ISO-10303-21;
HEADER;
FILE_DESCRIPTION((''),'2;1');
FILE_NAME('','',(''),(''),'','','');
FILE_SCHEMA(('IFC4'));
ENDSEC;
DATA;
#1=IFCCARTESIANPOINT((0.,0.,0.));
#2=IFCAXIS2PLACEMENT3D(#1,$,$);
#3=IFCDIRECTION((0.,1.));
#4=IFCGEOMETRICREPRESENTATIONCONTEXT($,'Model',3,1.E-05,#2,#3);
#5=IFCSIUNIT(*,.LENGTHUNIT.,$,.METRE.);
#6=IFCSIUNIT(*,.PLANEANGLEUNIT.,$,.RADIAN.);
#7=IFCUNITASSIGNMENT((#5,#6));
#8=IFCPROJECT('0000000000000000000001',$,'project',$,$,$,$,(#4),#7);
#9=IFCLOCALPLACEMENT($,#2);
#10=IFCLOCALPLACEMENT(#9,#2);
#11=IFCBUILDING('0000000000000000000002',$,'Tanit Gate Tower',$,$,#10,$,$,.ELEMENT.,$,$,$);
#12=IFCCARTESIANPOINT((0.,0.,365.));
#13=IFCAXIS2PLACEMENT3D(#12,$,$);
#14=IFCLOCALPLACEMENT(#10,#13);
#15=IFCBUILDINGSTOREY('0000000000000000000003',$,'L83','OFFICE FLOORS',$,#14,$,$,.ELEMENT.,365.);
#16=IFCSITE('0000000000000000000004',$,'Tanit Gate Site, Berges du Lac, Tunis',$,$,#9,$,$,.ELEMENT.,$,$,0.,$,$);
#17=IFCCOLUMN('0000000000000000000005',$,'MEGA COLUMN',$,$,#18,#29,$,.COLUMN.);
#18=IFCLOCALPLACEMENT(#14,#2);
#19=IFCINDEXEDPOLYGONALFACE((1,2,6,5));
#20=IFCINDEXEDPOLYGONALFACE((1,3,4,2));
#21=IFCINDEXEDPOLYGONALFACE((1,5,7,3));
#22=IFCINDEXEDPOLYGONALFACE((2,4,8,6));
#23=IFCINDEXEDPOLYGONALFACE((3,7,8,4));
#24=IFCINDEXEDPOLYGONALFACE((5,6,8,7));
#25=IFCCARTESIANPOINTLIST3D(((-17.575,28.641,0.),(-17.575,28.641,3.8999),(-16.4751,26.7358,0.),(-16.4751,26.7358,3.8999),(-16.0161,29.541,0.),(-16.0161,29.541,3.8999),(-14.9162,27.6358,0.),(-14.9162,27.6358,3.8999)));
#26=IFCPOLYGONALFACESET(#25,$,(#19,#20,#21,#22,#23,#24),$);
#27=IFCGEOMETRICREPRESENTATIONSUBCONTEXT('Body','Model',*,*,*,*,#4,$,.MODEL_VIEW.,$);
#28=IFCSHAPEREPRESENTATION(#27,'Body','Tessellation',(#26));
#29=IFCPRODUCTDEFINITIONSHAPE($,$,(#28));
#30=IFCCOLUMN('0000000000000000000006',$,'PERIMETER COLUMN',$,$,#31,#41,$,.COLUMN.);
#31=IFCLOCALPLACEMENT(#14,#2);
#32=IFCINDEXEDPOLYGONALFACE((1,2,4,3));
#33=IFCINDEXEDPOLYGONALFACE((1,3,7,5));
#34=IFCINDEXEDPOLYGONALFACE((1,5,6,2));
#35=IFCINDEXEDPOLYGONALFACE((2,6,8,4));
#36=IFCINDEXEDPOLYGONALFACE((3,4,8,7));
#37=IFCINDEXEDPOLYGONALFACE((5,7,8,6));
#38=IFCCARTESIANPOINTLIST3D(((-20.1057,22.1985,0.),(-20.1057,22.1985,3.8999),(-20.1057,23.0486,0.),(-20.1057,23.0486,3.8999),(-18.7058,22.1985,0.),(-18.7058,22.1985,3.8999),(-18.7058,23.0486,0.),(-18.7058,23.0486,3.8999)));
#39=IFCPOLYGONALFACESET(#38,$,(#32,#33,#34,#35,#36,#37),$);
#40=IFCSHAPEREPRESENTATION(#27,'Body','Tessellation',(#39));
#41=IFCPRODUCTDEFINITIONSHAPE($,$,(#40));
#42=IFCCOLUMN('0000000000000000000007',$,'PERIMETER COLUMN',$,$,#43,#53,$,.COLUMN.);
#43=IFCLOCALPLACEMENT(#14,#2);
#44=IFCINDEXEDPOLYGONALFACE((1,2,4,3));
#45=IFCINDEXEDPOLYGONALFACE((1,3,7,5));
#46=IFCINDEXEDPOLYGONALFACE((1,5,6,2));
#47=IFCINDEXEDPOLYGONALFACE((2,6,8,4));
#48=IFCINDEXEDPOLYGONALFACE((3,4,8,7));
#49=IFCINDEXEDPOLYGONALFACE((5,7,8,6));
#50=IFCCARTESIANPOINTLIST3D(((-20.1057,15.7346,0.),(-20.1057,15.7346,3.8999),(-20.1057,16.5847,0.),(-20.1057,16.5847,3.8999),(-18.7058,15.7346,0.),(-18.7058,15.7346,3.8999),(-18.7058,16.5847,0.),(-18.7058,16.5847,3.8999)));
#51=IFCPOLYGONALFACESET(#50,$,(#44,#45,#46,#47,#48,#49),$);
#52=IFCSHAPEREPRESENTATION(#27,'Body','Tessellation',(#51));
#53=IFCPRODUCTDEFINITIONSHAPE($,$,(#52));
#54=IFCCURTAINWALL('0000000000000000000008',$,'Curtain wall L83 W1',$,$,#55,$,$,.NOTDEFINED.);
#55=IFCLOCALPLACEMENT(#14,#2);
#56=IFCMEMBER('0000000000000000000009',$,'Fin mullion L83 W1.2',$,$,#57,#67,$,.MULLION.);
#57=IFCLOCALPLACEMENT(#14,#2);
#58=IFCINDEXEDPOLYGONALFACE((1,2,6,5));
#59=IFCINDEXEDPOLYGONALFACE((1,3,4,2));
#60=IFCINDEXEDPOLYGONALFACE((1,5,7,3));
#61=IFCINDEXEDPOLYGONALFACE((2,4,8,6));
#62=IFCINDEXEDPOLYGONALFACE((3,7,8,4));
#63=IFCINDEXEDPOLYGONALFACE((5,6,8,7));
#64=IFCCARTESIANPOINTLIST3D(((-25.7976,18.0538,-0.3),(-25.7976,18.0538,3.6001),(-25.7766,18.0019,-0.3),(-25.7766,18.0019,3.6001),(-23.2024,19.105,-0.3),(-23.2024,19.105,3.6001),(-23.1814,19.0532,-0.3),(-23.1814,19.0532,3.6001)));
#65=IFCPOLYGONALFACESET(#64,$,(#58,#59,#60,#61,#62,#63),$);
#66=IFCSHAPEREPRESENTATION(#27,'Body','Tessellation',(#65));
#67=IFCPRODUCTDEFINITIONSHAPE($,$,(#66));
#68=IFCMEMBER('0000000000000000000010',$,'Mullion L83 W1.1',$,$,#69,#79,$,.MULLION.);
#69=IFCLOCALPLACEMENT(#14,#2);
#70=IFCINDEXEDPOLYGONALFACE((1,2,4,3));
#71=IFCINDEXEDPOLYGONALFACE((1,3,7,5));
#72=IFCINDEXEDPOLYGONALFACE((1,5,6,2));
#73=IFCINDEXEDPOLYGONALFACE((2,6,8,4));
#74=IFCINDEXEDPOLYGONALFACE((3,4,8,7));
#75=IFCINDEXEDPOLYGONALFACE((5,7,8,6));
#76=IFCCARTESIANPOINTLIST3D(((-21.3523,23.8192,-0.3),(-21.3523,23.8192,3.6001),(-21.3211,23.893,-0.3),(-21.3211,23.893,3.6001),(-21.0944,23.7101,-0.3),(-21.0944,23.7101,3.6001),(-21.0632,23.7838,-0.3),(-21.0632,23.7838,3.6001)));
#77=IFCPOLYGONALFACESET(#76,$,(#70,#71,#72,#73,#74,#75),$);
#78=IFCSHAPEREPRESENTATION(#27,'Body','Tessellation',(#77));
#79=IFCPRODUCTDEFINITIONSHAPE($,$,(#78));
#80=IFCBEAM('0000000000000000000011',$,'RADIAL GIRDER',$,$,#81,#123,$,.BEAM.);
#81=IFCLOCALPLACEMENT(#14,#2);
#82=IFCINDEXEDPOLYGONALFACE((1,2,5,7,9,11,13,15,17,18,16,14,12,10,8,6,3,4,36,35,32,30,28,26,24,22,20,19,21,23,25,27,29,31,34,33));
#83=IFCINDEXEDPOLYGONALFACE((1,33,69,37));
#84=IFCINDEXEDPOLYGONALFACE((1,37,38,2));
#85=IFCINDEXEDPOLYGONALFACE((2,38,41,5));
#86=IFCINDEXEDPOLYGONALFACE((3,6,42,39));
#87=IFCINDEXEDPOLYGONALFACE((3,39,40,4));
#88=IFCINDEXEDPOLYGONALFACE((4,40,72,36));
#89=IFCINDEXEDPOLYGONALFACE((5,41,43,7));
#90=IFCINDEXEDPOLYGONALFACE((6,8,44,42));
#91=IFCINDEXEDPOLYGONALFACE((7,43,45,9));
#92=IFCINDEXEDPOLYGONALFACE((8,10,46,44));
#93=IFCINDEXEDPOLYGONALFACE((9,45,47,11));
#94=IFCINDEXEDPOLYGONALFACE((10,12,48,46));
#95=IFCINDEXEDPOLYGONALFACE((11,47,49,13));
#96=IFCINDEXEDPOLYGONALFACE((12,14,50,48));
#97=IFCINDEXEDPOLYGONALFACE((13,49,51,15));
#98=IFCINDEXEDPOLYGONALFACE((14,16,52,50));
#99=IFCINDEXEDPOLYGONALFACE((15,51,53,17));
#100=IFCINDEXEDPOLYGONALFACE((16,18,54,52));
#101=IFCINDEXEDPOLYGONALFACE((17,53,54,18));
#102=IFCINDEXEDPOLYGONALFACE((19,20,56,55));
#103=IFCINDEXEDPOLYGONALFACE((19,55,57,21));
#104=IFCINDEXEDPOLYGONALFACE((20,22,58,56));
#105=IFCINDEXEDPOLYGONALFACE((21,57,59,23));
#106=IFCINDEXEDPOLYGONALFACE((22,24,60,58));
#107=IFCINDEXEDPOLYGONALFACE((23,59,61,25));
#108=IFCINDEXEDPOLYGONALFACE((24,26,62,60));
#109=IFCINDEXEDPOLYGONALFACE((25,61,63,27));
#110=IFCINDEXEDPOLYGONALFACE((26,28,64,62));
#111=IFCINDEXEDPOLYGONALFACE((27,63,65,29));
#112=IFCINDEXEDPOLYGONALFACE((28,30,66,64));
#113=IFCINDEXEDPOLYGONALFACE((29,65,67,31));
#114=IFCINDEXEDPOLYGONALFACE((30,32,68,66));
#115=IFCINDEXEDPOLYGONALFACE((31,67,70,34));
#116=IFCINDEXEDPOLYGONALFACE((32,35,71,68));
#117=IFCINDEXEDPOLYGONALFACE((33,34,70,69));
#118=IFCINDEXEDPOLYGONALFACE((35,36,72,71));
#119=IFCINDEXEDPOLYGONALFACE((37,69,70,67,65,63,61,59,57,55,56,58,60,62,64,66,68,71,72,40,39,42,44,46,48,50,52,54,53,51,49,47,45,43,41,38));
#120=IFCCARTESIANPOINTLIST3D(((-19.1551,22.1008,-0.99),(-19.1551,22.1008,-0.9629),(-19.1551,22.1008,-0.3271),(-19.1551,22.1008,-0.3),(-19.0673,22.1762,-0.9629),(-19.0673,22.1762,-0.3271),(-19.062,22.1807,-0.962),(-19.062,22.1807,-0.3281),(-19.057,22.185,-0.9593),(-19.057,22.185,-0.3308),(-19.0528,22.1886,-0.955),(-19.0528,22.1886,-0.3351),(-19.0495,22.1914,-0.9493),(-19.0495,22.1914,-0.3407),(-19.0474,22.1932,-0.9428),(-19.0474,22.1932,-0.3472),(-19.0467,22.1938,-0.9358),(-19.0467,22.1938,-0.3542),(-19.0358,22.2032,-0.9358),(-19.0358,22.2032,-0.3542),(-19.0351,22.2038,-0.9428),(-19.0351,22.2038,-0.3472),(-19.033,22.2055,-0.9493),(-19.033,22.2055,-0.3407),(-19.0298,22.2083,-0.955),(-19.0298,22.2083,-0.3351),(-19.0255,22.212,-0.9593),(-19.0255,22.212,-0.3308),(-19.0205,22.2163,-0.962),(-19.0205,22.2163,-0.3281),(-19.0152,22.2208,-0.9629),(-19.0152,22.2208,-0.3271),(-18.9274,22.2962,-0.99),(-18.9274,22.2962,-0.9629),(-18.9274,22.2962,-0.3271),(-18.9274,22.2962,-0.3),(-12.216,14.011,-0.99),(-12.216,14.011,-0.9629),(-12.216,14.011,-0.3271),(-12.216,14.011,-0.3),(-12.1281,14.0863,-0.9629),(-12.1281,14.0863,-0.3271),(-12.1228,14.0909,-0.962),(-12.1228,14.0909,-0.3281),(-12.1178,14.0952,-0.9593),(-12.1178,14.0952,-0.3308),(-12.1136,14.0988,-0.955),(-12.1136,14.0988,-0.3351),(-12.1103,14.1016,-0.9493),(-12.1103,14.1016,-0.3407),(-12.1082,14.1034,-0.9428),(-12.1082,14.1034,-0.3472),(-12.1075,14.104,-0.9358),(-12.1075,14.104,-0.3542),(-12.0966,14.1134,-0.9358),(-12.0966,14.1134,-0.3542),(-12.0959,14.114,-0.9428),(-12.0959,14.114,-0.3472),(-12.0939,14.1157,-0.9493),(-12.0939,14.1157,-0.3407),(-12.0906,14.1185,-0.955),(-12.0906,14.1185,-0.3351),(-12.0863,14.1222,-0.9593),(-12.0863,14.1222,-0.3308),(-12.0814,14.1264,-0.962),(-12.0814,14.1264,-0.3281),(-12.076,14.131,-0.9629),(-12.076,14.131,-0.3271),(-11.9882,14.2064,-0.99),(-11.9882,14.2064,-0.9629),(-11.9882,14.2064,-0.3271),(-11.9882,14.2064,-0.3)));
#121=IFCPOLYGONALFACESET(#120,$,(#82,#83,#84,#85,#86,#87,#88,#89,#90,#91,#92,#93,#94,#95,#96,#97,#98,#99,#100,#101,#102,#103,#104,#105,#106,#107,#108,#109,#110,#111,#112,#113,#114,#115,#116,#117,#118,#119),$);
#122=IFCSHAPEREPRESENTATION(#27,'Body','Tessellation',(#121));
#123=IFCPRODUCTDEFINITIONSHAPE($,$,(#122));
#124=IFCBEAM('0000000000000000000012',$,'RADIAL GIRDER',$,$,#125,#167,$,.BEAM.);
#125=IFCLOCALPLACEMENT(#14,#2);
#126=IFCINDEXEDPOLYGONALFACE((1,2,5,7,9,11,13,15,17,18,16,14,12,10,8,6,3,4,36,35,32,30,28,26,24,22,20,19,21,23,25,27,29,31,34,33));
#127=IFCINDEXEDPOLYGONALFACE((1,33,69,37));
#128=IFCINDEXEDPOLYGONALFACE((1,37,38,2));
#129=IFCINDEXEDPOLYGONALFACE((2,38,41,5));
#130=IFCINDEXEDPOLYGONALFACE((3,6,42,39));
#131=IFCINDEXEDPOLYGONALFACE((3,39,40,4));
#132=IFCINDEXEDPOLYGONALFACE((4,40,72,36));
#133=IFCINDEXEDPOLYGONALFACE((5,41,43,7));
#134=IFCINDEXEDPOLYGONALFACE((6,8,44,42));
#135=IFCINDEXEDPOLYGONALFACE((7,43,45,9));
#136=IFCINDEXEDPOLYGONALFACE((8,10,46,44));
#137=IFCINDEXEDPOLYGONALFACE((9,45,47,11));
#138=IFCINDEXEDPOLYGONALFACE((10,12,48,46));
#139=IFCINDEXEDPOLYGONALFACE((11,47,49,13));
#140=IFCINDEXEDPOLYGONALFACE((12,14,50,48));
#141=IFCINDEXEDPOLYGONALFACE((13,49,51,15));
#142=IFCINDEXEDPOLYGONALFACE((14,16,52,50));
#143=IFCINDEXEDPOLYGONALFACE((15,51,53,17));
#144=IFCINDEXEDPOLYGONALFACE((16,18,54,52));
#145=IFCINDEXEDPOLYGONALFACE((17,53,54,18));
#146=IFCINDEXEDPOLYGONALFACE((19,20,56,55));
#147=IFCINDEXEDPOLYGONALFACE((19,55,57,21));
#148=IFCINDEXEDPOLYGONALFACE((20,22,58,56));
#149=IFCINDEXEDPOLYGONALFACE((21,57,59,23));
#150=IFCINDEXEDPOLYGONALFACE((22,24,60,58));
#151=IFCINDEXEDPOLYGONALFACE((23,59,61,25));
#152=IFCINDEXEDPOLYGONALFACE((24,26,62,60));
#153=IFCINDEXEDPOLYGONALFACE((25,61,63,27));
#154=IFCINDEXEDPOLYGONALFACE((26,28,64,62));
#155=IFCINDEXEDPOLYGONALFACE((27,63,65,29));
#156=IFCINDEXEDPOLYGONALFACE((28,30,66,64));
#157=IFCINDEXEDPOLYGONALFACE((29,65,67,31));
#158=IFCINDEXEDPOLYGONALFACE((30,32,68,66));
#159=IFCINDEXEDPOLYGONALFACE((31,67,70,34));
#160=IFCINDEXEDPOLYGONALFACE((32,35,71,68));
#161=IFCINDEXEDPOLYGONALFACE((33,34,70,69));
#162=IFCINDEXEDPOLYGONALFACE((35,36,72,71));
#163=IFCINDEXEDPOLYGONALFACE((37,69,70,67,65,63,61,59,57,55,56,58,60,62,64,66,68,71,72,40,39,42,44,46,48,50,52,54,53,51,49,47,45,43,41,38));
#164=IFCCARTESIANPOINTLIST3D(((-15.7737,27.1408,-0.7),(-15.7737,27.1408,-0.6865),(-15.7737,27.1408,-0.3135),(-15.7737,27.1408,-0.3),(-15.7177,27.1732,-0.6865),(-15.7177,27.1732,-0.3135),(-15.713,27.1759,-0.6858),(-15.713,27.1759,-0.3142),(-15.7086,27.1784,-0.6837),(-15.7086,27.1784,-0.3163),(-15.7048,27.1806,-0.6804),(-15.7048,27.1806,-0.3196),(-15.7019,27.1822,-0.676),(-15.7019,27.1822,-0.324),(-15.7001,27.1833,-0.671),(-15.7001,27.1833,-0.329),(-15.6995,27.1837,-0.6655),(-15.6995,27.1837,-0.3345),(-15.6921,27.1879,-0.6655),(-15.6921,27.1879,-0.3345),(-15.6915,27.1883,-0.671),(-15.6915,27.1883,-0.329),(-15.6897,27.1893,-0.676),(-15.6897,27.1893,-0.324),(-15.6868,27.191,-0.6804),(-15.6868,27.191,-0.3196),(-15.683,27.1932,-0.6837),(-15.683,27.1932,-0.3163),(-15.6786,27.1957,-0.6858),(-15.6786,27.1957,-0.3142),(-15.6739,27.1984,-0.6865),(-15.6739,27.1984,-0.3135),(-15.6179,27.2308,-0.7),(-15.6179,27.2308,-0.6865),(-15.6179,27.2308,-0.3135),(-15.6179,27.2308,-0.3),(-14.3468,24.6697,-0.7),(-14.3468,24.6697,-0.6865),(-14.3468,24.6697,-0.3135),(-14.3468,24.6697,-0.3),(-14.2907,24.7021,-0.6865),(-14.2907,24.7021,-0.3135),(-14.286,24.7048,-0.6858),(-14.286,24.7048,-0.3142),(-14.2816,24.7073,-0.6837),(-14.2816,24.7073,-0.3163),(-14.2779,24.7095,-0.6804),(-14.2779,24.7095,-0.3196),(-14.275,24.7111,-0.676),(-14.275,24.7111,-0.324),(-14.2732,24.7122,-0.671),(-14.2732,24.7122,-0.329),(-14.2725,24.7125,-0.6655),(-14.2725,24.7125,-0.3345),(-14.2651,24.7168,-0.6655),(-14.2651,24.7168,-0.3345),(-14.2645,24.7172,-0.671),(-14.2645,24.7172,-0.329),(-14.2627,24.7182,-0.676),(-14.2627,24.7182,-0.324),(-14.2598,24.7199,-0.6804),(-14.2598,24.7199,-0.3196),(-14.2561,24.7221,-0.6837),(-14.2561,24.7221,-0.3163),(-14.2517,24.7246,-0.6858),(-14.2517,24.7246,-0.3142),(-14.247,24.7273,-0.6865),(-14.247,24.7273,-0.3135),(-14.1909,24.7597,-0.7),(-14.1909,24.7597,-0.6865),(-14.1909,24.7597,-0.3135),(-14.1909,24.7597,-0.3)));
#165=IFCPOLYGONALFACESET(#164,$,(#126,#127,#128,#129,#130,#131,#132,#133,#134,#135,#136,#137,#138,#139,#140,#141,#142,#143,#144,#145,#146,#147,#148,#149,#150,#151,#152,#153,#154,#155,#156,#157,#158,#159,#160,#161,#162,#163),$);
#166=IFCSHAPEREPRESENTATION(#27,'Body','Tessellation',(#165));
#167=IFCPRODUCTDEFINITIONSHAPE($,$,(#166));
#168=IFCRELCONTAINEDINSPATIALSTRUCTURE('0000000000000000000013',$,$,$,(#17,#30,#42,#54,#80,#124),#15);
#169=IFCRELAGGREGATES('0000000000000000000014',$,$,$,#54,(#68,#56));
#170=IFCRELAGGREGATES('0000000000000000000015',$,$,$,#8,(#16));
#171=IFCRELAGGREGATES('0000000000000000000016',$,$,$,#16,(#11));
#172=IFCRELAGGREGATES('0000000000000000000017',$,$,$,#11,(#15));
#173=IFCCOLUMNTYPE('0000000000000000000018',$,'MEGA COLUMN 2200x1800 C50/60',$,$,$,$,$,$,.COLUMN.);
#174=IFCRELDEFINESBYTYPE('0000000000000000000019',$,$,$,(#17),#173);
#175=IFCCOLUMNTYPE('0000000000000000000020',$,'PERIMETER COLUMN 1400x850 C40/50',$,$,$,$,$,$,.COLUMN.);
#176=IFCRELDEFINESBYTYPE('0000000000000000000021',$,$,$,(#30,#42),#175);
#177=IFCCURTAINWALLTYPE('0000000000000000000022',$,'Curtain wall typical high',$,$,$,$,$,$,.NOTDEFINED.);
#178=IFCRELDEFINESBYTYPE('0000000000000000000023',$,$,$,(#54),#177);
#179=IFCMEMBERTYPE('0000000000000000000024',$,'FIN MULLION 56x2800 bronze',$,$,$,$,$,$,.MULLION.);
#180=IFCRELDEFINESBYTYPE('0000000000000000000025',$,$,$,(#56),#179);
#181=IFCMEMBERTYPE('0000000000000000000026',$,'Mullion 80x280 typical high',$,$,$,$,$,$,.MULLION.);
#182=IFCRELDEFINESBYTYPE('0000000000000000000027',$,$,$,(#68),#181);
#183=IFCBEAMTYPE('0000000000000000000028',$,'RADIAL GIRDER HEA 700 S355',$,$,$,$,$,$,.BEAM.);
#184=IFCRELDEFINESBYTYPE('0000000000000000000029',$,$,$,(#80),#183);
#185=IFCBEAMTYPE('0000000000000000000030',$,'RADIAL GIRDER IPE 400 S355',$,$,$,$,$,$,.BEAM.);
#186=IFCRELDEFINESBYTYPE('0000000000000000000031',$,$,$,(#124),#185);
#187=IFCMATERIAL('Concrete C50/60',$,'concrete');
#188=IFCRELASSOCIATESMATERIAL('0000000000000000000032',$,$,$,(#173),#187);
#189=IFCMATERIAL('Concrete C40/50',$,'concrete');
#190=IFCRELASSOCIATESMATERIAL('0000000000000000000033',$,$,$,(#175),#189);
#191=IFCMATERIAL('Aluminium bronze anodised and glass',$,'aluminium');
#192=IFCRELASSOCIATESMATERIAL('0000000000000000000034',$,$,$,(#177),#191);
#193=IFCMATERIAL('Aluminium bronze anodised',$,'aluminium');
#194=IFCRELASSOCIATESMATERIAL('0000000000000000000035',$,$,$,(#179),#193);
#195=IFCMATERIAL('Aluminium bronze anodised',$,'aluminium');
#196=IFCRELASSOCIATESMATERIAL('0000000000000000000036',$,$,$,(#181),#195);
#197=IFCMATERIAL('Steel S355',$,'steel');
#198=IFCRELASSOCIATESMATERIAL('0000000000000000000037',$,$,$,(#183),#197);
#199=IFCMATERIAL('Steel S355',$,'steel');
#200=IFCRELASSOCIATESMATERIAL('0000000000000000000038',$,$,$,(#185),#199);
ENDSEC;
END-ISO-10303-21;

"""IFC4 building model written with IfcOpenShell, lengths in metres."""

from ifc_helpers import new_model, si_unit, direction, frame, origin, origin_2d, place, context, subcontext, project, spatial, rectangle, i_section, extrude, material, material_profile, profile_set, type_object, element, aggregate, save


model = new_model("IFC4")

# Units and contexts
model_context = context("Model", 3, precision=1e-05, world=origin(), true_north=direction((0.0, 1.0)))
body_context = subcontext(model_context, "Body", "Model", "MODEL_VIEW")
ifc_project = project(units=[si_unit("LENGTHUNIT", "METRE"), si_unit("PLANEANGLEUNIT", "RADIAN")], contexts=[model_context])

# Site, building, storey
site_placement = place(None, origin())
site = spatial("IfcSite", under=ifc_project, at=site_placement, Name="Tanit Gate Site, Berges du Lac, Tunis", CompositionType="ELEMENT", RefElevation=0.0)
building_placement = place(site_placement, origin())
building = spatial("IfcBuilding", under=site, at=building_placement, Name="Tanit Gate Tower", CompositionType="ELEMENT")
storey_placement = place(building_placement, frame((0.0, 0.0, 365.0)))
storey = spatial("IfcBuildingStorey", under=building, at=storey_placement, Name="L83", Description="OFFICE FLOORS", CompositionType="ELEMENT", Elevation=365.0)

# Columns
ifc_material_1 = material(Name="Concrete C50/60", Category="concrete")
ifc_material_profile_1 = material_profile(ifc_material_1, rectangle(XDim=2.2, YDim=1.8, at=origin_2d()), Name="RC 2200x1800")
ifc_profile_set_1 = profile_set([ifc_material_profile_1], Name="Concrete C50/60")
column_type_1 = type_object("IfcColumnType", Name="MEGA COLUMN 2200x1800 C50/60", PredefinedType="COLUMN", material=ifc_profile_set_1)
column_placement = place(storey_placement, frame((-16.2456, 28.1384, 0.0), z_axis=(0.0, 0.0, 1.0), x_axis=(-0.5, 0.866025, 0.0)))
element("IfcColumn", 1, at=column_placement, inside=storey, type_object=column_type_1, Name="MEGA COLUMN", PredefinedType="COLUMN", context=body_context, shape_type="SweptSolid", body=[
    extrude(rectangle(XDim=2.2, YDim=1.8, at=origin_2d()), origin(), (0.0, 0.0, 1.0), 3.8999),
])
ifc_material_2 = material(Name="Concrete C40/50", Category="concrete")
ifc_material_profile_2 = material_profile(ifc_material_2, rectangle(XDim=1.3999, YDim=0.8501, at=origin_2d()), Name="RC 1400x850")
ifc_profile_set_2 = profile_set([ifc_material_profile_2], Name="Concrete C40/50")
column_type_2 = type_object("IfcColumnType", Name="PERIMETER COLUMN 1400x850 C40/50", PredefinedType="COLUMN", material=ifc_profile_set_2)
for number, where, z_axis, x_axis, name in (
    (2, (-19.4058, 22.6235, 0.0), (0.0, 0.0, 1.0), (-1.0, 0.0, 0.0), "PERIMETER COLUMN"),
    (3, (-19.4058, 16.1597, 0.0), (0.0, 0.0, 1.0), (-1.0, 0.0, 0.0), "PERIMETER COLUMN"),
):
    element("IfcColumn", number, at=place(storey_placement, frame(where, z_axis=z_axis, x_axis=x_axis)), inside=storey, type_object=column_type_2, Name=name, PredefinedType="COLUMN", context=body_context, shape_type="SweptSolid", body=[
        extrude(rectangle(XDim=1.3999, YDim=0.8501, at=origin_2d()), origin(), (0.0, 0.0, 1.0), 3.8999),
    ])

# Curtain wall, members
ifc_material_3 = material(Name="Aluminium bronze anodised and glass", Category="aluminium")
curtain_wall_type = type_object("IfcCurtainWallType", Name="Curtain wall typical high", PredefinedType="NOTDEFINED", material=ifc_material_3)
curtain_wall_placement = place(storey_placement, origin())
curtain_wall = element("IfcCurtainWall", 4, at=curtain_wall_placement, inside=storey, type_object=curtain_wall_type, Name="Curtain wall L83 W1", PredefinedType="NOTDEFINED")
ifc_material_4 = material(Name="Aluminium bronze anodised", Category="aluminium")
ifc_material_profile_3 = material_profile(ifc_material_4, rectangle(XDim=2.8, YDim=0.0559, at=origin_2d()), Name="56x2800 bronze fin mullion")
ifc_profile_set_3 = profile_set([ifc_material_profile_3], Name="Aluminium bronze anodised")
member_type_1 = type_object("IfcMemberType", Name="FIN MULLION 56x2800 bronze", PredefinedType="MULLION", material=ifc_profile_set_3)
member_1_placement = place(storey_placement, frame((-24.4895, 18.5535, -0.3), z_axis=(0.0, 0.0, 1.0), x_axis=(0.926848, 0.375438, 0.0)))
member_1 = element("IfcMember", 5, at=member_1_placement, type_object=member_type_1, Name="Fin mullion L83 W1.2", PredefinedType="MULLION", context=body_context, shape_type="SweptSolid", body=[
    extrude(rectangle(XDim=2.8, YDim=0.0559, at=origin_2d()), origin(), (0.0, 0.0, 1.0), 3.9001),
])
ifc_material_5 = material(Name="Aluminium bronze anodised", Category="aluminium")
ifc_material_profile_4 = material_profile(ifc_material_5, rectangle(XDim=0.28, YDim=0.0801, at=origin_2d()), Name="80x280 bronze mullion")
ifc_profile_set_4 = profile_set([ifc_material_profile_4], Name="Aluminium bronze anodised")
member_type_2 = type_object("IfcMemberType", Name="Mullion 80x280 typical high", PredefinedType="MULLION", material=ifc_profile_set_4)
member_2_placement = place(storey_placement, frame((-21.2078, 23.8015, -0.3), z_axis=(0.0, 0.0, 1.0), x_axis=(0.920855, -0.389906, 0.0)))
member_2 = element("IfcMember", 6, at=member_2_placement, type_object=member_type_2, Name="Mullion L83 W1.1", PredefinedType="MULLION", context=body_context, shape_type="SweptSolid", body=[
    extrude(rectangle(XDim=0.28, YDim=0.0801, at=origin_2d()), origin(), (0.0, 0.0, 1.0), 3.9001),
])

# Beams
ifc_material_6 = material(Name="Steel S355", Category="steel")
ifc_material_profile_5 = material_profile(ifc_material_6, i_section(OverallWidth=0.3, OverallDepth=0.6899, WebThickness=0.0144, FlangeThickness=0.0271, FilletRadius=0.0271, at=origin_2d()), Name="HEA 700")
ifc_profile_set_5 = profile_set([ifc_material_profile_5], Name="Steel S355")
beam_type_1 = type_object("IfcBeamType", Name="RADIAL GIRDER HEA 700 S355", PredefinedType="BEAM", material=ifc_profile_set_5)
beam_1_placement = place(storey_placement, frame((-19.0413, 22.1985, -0.645), z_axis=(0.651065, -0.759022, 0.0), x_axis=(0.759022, 0.651065, 0.0)))
element("IfcBeam", 7, at=beam_1_placement, inside=storey, type_object=beam_type_1, Name="RADIAL GIRDER", PredefinedType="BEAM", context=body_context, shape_type="SweptSolid", body=[
    extrude(i_section(OverallWidth=0.3, OverallDepth=0.6899, WebThickness=0.0144, FlangeThickness=0.0271, FilletRadius=0.0271, at=origin_2d()), origin(), (0.0, 0.0, 1.0), 10.6582),
])
ifc_material_7 = material(Name="Steel S355", Category="steel")
ifc_material_profile_6 = material_profile(ifc_material_7, i_section(OverallWidth=0.1799, OverallDepth=0.3999, WebThickness=0.0085, FlangeThickness=0.0134, FilletRadius=0.021, at=origin_2d()), Name="IPE 400")
ifc_profile_set_6 = profile_set([ifc_material_profile_6], Name="Steel S355")
beam_type_2 = type_object("IfcBeamType", Name="RADIAL GIRDER IPE 400 S355", PredefinedType="BEAM", material=ifc_profile_set_6)
beam_2_placement = place(storey_placement, frame((-15.6958, 27.1858, -0.5), z_axis=(0.500068, -0.865986, 0.0), x_axis=(0.865986, 0.500068, 0.0)))
element("IfcBeam", 8, at=beam_2_placement, inside=storey, type_object=beam_type_2, Name="RADIAL GIRDER", PredefinedType="BEAM", context=body_context, shape_type="SweptSolid", body=[
    extrude(i_section(OverallWidth=0.1799, OverallDepth=0.3999, WebThickness=0.0085, FlangeThickness=0.0134, FilletRadius=0.021, at=origin_2d()), origin(), (0.0, 0.0, 1.0), 2.8535),
])

aggregate(curtain_wall, [member_2, member_1])

save(model, "model.ifc")
